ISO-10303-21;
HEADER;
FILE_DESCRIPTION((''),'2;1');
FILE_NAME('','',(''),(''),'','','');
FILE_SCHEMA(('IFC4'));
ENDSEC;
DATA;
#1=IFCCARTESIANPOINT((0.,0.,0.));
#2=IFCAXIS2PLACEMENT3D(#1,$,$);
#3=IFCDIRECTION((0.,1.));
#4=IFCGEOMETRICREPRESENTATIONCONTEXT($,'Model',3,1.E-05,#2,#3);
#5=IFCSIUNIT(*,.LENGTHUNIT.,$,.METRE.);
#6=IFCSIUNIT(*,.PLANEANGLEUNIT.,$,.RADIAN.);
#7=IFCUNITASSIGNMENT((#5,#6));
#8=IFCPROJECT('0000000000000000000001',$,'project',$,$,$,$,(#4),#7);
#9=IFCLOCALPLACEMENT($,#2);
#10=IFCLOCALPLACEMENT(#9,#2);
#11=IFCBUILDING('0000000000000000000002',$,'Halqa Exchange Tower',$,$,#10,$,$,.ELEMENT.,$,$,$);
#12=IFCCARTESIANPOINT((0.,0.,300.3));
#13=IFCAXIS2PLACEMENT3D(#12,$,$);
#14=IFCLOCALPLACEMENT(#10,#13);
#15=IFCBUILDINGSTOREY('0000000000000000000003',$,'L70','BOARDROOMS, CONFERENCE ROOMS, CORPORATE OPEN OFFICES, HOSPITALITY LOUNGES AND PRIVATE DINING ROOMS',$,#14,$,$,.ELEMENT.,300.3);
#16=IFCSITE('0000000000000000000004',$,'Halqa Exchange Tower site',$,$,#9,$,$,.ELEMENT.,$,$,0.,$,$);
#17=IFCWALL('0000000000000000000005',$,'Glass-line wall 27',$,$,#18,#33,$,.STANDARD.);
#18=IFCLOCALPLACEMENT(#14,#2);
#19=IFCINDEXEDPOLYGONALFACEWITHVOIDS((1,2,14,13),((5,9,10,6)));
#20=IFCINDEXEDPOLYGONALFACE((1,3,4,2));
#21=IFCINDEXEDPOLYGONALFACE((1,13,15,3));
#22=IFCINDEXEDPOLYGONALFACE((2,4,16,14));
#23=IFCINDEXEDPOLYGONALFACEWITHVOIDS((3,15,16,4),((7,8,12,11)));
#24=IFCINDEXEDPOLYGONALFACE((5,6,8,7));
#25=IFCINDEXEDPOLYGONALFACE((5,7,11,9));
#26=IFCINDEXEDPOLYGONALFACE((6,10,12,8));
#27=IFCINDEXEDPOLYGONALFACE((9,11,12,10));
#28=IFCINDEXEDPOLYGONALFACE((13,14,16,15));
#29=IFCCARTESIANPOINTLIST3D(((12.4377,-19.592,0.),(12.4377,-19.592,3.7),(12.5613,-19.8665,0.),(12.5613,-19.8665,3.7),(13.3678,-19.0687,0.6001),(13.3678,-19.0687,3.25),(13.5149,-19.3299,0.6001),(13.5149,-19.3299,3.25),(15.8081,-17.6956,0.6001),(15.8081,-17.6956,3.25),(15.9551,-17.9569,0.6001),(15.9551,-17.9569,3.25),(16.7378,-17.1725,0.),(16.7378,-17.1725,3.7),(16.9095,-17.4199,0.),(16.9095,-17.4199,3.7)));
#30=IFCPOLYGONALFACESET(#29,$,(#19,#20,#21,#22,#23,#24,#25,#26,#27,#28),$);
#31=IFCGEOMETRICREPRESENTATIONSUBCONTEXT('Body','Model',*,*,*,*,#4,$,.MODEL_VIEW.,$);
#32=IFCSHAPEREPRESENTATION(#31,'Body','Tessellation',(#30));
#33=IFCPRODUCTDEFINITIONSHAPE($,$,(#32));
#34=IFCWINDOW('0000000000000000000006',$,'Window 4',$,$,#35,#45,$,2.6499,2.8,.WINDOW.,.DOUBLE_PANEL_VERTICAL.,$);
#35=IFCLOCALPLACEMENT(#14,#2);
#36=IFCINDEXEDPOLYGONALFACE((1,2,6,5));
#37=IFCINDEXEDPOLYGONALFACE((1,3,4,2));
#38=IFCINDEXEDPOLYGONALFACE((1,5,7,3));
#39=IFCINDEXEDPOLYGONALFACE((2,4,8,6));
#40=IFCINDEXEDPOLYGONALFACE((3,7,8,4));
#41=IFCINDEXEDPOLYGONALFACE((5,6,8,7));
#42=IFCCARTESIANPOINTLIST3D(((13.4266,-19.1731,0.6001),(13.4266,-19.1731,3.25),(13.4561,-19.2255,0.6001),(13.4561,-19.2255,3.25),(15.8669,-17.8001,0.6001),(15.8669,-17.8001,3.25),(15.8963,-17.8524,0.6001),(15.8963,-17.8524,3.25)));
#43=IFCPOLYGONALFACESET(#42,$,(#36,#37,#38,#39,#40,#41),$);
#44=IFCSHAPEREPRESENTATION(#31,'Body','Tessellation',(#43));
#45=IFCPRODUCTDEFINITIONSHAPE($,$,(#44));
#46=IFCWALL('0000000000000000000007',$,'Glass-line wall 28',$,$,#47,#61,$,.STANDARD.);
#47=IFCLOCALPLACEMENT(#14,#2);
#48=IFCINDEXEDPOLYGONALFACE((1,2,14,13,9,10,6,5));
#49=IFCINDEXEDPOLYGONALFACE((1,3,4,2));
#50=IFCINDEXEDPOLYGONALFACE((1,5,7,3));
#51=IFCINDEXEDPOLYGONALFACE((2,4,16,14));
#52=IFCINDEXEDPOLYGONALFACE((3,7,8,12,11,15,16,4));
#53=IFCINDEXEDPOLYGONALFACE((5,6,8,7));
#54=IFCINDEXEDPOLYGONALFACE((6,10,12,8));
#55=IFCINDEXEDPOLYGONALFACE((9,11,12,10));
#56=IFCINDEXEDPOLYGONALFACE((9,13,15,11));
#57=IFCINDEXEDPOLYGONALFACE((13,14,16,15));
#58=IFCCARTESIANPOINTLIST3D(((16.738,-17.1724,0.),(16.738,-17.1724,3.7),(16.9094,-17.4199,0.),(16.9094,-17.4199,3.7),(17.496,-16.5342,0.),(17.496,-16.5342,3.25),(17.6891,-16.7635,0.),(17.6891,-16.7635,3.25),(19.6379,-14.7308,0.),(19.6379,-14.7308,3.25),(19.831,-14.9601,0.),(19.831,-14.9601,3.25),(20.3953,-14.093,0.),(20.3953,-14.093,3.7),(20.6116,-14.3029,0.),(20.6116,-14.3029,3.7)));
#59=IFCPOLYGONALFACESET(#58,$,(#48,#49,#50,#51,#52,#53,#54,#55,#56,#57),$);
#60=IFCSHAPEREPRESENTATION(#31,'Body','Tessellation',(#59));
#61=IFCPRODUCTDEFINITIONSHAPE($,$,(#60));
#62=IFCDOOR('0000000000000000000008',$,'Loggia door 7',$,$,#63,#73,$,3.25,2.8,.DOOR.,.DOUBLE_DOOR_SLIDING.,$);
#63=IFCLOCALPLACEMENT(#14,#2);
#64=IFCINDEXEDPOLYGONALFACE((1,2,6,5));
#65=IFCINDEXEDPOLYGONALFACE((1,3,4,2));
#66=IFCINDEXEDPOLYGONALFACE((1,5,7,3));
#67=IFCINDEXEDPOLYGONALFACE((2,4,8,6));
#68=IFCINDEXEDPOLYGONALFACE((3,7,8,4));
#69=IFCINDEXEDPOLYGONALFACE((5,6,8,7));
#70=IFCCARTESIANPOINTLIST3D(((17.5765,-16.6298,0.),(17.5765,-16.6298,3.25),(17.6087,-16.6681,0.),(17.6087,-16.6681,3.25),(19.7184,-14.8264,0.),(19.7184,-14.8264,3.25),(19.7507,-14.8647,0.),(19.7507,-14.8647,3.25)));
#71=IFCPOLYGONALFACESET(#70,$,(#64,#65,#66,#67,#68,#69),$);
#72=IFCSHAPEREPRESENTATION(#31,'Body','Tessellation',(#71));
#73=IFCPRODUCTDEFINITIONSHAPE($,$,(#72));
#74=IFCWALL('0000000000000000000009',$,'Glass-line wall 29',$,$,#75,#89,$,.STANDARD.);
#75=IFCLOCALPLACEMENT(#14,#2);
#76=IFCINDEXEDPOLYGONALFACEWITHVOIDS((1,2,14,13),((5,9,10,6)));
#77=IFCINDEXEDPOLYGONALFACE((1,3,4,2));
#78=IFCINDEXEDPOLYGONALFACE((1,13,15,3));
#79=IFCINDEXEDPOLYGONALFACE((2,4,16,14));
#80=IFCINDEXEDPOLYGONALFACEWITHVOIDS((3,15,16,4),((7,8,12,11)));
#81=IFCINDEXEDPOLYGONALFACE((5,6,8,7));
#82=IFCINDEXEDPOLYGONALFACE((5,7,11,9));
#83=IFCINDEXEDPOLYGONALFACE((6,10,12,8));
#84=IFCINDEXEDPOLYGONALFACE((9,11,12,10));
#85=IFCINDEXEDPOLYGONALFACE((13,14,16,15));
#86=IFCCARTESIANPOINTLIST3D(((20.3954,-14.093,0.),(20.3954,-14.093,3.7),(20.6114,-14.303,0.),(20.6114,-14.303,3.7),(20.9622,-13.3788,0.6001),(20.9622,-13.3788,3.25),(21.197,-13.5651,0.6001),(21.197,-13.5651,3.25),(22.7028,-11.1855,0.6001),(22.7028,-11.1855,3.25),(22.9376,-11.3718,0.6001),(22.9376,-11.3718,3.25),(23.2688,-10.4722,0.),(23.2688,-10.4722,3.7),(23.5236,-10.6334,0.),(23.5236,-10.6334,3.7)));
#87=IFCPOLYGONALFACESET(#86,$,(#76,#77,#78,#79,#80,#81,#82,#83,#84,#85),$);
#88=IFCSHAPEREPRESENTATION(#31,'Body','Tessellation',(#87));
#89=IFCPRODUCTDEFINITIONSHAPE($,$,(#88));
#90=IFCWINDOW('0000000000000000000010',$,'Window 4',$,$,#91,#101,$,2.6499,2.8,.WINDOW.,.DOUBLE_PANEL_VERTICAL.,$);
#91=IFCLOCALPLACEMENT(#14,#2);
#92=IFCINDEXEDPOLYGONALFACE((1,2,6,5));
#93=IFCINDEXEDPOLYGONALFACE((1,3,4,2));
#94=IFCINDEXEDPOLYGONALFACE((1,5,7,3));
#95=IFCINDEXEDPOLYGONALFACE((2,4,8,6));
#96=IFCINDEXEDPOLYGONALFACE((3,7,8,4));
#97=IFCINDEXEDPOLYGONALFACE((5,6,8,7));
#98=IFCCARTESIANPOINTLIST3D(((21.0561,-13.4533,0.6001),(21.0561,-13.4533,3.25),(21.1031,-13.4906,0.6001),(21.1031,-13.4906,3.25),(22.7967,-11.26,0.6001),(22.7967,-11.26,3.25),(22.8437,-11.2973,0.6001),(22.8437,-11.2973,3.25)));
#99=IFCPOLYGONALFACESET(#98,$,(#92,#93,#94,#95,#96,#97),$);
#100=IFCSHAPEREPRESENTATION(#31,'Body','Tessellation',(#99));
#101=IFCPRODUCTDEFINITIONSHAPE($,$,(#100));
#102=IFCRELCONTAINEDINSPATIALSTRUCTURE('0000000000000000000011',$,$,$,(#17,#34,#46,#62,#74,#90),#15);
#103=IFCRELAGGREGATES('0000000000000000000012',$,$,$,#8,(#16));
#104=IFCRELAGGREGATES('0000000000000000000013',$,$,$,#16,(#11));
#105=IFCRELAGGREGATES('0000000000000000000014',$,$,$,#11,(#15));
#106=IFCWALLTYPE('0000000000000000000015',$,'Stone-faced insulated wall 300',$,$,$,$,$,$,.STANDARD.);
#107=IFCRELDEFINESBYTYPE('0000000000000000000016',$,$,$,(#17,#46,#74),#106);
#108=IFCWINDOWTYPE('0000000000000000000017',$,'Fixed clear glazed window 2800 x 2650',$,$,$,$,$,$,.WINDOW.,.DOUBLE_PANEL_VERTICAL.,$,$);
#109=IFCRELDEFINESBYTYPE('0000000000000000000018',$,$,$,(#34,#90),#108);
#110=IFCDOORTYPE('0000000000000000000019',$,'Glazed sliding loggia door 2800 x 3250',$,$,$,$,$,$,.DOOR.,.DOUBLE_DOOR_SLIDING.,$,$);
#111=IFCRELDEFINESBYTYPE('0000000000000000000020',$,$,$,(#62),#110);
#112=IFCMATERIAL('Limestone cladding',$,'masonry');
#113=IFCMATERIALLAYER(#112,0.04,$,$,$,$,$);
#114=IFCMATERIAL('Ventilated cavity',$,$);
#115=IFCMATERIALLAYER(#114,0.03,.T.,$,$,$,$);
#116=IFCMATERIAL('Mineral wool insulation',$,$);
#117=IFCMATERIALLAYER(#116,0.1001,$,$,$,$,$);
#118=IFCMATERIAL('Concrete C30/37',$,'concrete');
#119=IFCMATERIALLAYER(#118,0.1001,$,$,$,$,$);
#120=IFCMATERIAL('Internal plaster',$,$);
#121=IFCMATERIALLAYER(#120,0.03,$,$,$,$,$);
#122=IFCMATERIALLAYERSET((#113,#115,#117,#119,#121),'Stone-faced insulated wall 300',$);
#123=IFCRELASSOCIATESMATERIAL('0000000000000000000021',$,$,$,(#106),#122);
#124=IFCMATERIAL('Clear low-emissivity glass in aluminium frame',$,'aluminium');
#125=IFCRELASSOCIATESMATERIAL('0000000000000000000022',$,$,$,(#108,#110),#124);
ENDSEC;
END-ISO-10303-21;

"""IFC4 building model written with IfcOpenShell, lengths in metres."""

from ifc_helpers import new_model, si_unit, direction, frame, frame_2d, origin, place, context, subcontext, project, spatial, polyline, rectangle, outline, extrude, material, layer, layer_set, type_object, element, fill, save


model = new_model("IFC4")

# Units and contexts
model_context = context("Model", 3, precision=1e-05, world=origin(), true_north=direction((0.0, 1.0)))
body_context = subcontext(model_context, "Body", "Model", "MODEL_VIEW")
ifc_project = project(units=[si_unit("LENGTHUNIT", "METRE"), si_unit("PLANEANGLEUNIT", "RADIAN")], contexts=[model_context])

# Site, building, storey
site_placement = place(None, origin())
site = spatial("IfcSite", under=ifc_project, at=site_placement, Name="Halqa Exchange Tower site", CompositionType="ELEMENT", RefElevation=0.0)
building_placement = place(site_placement, origin())
building = spatial("IfcBuilding", under=site, at=building_placement, Name="Halqa Exchange Tower", CompositionType="ELEMENT")
storey_placement = place(building_placement, frame((0.0, 0.0, 300.3)))
storey = spatial("IfcBuildingStorey", under=building, at=storey_placement, Name="L70", Description="BOARDROOMS, CONFERENCE ROOMS, CORPORATE OPEN OFFICES, HOSPITALITY LOUNGES AND PRIVATE DINING ROOMS", CompositionType="ELEMENT", Elevation=300.3)

# Wall, opening, window
ifc_material_1 = material(Name="Limestone cladding", Category="masonry")
ifc_layer_1 = layer(ifc_material_1, 0.04)
ifc_material_2 = material(Name="Ventilated cavity")
ifc_layer_2 = layer(ifc_material_2, 0.03, ventilated=True)
ifc_material_3 = material(Name="Mineral wool insulation")
ifc_layer_3 = layer(ifc_material_3, 0.1001)
ifc_material_4 = material(Name="Concrete C30/37", Category="concrete")
ifc_layer_4 = layer(ifc_material_4, 0.1001)
ifc_material_5 = material(Name="Internal plaster")
ifc_layer_5 = layer(ifc_material_5, 0.03)
ifc_layer_set_1 = layer_set([ifc_layer_1, ifc_layer_2, ifc_layer_3, ifc_layer_4, ifc_layer_5], Name="Stone-faced insulated wall 300")
wall_type_1 = type_object("IfcWallType", Name="Stone-faced insulated wall 300", PredefinedType="STANDARD", material=ifc_layer_set_1)
wall_1_placement = place(storey_placement, frame((12.4995, -19.7292, 0.0), z_axis=(0.0, 0.0, 1.0), x_axis=(0.871512, 0.490373, 0.0)))
wall_1 = element("IfcWall", 1, at=wall_1_placement, inside=storey, type_object=wall_type_1, Name="Glass-line wall 27", PredefinedType="STANDARD", context=body_context, shape_type="SweptSolid", body=[
    extrude(outline(polyline([(-0.0134, -0.1499), (4.9758, -0.1499), (4.9475, 0.1499), (0.0134, 0.1499), (-0.0134, -0.1499)])), origin(), (0.0, 0.0, 1.0), 3.7),
])
opening_1_placement = place(wall_1_placement, frame((1.0808, 0.0, 0.6001)))
opening_1 = element("IfcOpeningElement", 2, at=opening_1_placement, cuts=wall_1, PredefinedType="OPENING", context=body_context, shape_type="SweptSolid", body=[
    extrude(rectangle(XDim=2.8, YDim=2.6499, at=frame_2d((1.3999, 1.325))), frame((0.0, 0.1621, 0.0), z_axis=(0.0, -1.0, 0.0), x_axis=(1.0, 0.0, 0.0)), (0.0, 0.0, 1.0), 0.324),
])
ifc_material_6 = material(Name="Clear low-emissivity glass in aluminium frame", Category="aluminium")
window_type = type_object("IfcWindowType", Name="Fixed clear glazed window 2800 x 2650", PartitioningType="DOUBLE_PANEL_VERTICAL", PredefinedType="WINDOW", material=ifc_material_6)
window_1_placement = place(opening_1_placement, origin())
window_1 = element("IfcWindow", 3, at=window_1_placement, inside=storey, type_object=window_type, Name="Window 4", OverallHeight=2.6499, OverallWidth=2.8, PartitioningType="DOUBLE_PANEL_VERTICAL", PredefinedType="WINDOW", context=body_context, shape_type="SweptSolid", body=[
    extrude(rectangle(XDim=2.8, YDim=2.6499, at=frame_2d((1.3999, 1.325))), frame((0.0, 0.03, 0.0), z_axis=(0.0, -1.0, 0.0), x_axis=(1.0, 0.0, 0.0)), (0.0, 0.0, 1.0), 0.0601),
])
fill(opening_1, window_1)

# Wall, opening, door
wall_2_placement = place(storey_placement, frame((16.8237, -17.2961, 0.0), z_axis=(0.0, 0.0, 1.0), x_axis=(0.764966, 0.64407, 0.0)))
wall_2 = element("IfcWall", 4, at=wall_2_placement, inside=storey, type_object=wall_type_1, Name="Glass-line wall 28", PredefinedType="STANDARD", context=body_context, shape_type="SweptSolid", body=[
    extrude(outline(polyline([(-0.0142, -0.1499), (4.8254, -0.1499), (4.7952, 0.1499), (0.0142, 0.1499), (-0.0142, -0.1499)])), origin(), (0.0, 0.0, 1.0), 3.7),
])
opening_2_placement = place(wall_2_placement, frame((1.0051, 0.0, 0.0)))
opening_2 = element("IfcOpeningElement", 5, at=opening_2_placement, cuts=wall_2, PredefinedType="OPENING", context=body_context, shape_type="SweptSolid", body=[
    extrude(rectangle(XDim=2.8, YDim=3.25, at=frame_2d((1.3999, 1.625))), frame((0.0, 0.1621, 0.0), z_axis=(0.0, -1.0, 0.0), x_axis=(1.0, 0.0, 0.0)), (0.0, 0.0, 1.0), 0.324),
])
door_type_1 = type_object("IfcDoorType", Name="Glazed sliding loggia door 2800 x 3250", OperationType="DOUBLE_DOOR_SLIDING", PredefinedType="DOOR", material=ifc_material_6)
door_1_placement = place(opening_2_placement, origin())
door_1 = element("IfcDoor", 6, at=door_1_placement, inside=storey, type_object=door_type_1, Name="Loggia door 7", OperationType="DOUBLE_DOOR_SLIDING", OverallHeight=3.25, OverallWidth=2.8, PredefinedType="DOOR", context=body_context, shape_type="SweptSolid", body=[
    extrude(rectangle(XDim=2.8, YDim=3.25, at=frame_2d((1.3999, 1.625))), frame((0.0, 0.0249, 0.0), z_axis=(0.0, -1.0, 0.0), x_axis=(1.0, 0.0, 0.0)), (0.0, 0.0, 1.0), 0.05),
])
fill(opening_2, door_1)

# Wall, opening, window
wall_3_placement = place(storey_placement, frame((20.5034, -14.198, 0.0), z_axis=(0.0, 0.0, 1.0), x_axis=(0.621626, 0.783314, 0.0)))
wall_3 = element("IfcWall", 7, at=wall_3_placement, inside=storey, type_object=wall_type_1, Name="Glass-line wall 29", PredefinedType="STANDARD", context=body_context, shape_type="SweptSolid", body=[
    extrude(outline(polyline([(-0.0151, -0.1499), (4.6697, -0.1499), (4.6375, 0.1499), (0.0151, 0.1499), (-0.0151, -0.1499)])), origin(), (0.0, 0.0, 1.0), 3.7),
])
opening_3_placement = place(wall_3_placement, frame((0.927, 0.0, 0.6001)))
opening_3 = element("IfcOpeningElement", 8, at=opening_3_placement, cuts=wall_3, PredefinedType="OPENING", context=body_context, shape_type="SweptSolid", body=[
    extrude(rectangle(XDim=2.8, YDim=2.6499, at=frame_2d((1.3999, 1.325))), frame((0.0, 0.1621, 0.0), z_axis=(0.0, -1.0, 0.0), x_axis=(1.0, 0.0, 0.0)), (0.0, 0.0, 1.0), 0.324),
])
window_2_placement = place(opening_3_placement, origin())
window_2 = element("IfcWindow", 9, at=window_2_placement, inside=storey, type_object=window_type, Name="Window 4", OverallHeight=2.6499, OverallWidth=2.8, PartitioningType="DOUBLE_PANEL_VERTICAL", PredefinedType="WINDOW", context=body_context, shape_type="SweptSolid", body=[
    extrude(rectangle(XDim=2.8, YDim=2.6499, at=frame_2d((1.3999, 1.325))), frame((0.0, 0.03, 0.0), z_axis=(0.0, -1.0, 0.0), x_axis=(1.0, 0.0, 0.0)), (0.0, 0.0, 1.0), 0.0601),
])
fill(opening_3, window_2)

save(model, "model.ifc")
